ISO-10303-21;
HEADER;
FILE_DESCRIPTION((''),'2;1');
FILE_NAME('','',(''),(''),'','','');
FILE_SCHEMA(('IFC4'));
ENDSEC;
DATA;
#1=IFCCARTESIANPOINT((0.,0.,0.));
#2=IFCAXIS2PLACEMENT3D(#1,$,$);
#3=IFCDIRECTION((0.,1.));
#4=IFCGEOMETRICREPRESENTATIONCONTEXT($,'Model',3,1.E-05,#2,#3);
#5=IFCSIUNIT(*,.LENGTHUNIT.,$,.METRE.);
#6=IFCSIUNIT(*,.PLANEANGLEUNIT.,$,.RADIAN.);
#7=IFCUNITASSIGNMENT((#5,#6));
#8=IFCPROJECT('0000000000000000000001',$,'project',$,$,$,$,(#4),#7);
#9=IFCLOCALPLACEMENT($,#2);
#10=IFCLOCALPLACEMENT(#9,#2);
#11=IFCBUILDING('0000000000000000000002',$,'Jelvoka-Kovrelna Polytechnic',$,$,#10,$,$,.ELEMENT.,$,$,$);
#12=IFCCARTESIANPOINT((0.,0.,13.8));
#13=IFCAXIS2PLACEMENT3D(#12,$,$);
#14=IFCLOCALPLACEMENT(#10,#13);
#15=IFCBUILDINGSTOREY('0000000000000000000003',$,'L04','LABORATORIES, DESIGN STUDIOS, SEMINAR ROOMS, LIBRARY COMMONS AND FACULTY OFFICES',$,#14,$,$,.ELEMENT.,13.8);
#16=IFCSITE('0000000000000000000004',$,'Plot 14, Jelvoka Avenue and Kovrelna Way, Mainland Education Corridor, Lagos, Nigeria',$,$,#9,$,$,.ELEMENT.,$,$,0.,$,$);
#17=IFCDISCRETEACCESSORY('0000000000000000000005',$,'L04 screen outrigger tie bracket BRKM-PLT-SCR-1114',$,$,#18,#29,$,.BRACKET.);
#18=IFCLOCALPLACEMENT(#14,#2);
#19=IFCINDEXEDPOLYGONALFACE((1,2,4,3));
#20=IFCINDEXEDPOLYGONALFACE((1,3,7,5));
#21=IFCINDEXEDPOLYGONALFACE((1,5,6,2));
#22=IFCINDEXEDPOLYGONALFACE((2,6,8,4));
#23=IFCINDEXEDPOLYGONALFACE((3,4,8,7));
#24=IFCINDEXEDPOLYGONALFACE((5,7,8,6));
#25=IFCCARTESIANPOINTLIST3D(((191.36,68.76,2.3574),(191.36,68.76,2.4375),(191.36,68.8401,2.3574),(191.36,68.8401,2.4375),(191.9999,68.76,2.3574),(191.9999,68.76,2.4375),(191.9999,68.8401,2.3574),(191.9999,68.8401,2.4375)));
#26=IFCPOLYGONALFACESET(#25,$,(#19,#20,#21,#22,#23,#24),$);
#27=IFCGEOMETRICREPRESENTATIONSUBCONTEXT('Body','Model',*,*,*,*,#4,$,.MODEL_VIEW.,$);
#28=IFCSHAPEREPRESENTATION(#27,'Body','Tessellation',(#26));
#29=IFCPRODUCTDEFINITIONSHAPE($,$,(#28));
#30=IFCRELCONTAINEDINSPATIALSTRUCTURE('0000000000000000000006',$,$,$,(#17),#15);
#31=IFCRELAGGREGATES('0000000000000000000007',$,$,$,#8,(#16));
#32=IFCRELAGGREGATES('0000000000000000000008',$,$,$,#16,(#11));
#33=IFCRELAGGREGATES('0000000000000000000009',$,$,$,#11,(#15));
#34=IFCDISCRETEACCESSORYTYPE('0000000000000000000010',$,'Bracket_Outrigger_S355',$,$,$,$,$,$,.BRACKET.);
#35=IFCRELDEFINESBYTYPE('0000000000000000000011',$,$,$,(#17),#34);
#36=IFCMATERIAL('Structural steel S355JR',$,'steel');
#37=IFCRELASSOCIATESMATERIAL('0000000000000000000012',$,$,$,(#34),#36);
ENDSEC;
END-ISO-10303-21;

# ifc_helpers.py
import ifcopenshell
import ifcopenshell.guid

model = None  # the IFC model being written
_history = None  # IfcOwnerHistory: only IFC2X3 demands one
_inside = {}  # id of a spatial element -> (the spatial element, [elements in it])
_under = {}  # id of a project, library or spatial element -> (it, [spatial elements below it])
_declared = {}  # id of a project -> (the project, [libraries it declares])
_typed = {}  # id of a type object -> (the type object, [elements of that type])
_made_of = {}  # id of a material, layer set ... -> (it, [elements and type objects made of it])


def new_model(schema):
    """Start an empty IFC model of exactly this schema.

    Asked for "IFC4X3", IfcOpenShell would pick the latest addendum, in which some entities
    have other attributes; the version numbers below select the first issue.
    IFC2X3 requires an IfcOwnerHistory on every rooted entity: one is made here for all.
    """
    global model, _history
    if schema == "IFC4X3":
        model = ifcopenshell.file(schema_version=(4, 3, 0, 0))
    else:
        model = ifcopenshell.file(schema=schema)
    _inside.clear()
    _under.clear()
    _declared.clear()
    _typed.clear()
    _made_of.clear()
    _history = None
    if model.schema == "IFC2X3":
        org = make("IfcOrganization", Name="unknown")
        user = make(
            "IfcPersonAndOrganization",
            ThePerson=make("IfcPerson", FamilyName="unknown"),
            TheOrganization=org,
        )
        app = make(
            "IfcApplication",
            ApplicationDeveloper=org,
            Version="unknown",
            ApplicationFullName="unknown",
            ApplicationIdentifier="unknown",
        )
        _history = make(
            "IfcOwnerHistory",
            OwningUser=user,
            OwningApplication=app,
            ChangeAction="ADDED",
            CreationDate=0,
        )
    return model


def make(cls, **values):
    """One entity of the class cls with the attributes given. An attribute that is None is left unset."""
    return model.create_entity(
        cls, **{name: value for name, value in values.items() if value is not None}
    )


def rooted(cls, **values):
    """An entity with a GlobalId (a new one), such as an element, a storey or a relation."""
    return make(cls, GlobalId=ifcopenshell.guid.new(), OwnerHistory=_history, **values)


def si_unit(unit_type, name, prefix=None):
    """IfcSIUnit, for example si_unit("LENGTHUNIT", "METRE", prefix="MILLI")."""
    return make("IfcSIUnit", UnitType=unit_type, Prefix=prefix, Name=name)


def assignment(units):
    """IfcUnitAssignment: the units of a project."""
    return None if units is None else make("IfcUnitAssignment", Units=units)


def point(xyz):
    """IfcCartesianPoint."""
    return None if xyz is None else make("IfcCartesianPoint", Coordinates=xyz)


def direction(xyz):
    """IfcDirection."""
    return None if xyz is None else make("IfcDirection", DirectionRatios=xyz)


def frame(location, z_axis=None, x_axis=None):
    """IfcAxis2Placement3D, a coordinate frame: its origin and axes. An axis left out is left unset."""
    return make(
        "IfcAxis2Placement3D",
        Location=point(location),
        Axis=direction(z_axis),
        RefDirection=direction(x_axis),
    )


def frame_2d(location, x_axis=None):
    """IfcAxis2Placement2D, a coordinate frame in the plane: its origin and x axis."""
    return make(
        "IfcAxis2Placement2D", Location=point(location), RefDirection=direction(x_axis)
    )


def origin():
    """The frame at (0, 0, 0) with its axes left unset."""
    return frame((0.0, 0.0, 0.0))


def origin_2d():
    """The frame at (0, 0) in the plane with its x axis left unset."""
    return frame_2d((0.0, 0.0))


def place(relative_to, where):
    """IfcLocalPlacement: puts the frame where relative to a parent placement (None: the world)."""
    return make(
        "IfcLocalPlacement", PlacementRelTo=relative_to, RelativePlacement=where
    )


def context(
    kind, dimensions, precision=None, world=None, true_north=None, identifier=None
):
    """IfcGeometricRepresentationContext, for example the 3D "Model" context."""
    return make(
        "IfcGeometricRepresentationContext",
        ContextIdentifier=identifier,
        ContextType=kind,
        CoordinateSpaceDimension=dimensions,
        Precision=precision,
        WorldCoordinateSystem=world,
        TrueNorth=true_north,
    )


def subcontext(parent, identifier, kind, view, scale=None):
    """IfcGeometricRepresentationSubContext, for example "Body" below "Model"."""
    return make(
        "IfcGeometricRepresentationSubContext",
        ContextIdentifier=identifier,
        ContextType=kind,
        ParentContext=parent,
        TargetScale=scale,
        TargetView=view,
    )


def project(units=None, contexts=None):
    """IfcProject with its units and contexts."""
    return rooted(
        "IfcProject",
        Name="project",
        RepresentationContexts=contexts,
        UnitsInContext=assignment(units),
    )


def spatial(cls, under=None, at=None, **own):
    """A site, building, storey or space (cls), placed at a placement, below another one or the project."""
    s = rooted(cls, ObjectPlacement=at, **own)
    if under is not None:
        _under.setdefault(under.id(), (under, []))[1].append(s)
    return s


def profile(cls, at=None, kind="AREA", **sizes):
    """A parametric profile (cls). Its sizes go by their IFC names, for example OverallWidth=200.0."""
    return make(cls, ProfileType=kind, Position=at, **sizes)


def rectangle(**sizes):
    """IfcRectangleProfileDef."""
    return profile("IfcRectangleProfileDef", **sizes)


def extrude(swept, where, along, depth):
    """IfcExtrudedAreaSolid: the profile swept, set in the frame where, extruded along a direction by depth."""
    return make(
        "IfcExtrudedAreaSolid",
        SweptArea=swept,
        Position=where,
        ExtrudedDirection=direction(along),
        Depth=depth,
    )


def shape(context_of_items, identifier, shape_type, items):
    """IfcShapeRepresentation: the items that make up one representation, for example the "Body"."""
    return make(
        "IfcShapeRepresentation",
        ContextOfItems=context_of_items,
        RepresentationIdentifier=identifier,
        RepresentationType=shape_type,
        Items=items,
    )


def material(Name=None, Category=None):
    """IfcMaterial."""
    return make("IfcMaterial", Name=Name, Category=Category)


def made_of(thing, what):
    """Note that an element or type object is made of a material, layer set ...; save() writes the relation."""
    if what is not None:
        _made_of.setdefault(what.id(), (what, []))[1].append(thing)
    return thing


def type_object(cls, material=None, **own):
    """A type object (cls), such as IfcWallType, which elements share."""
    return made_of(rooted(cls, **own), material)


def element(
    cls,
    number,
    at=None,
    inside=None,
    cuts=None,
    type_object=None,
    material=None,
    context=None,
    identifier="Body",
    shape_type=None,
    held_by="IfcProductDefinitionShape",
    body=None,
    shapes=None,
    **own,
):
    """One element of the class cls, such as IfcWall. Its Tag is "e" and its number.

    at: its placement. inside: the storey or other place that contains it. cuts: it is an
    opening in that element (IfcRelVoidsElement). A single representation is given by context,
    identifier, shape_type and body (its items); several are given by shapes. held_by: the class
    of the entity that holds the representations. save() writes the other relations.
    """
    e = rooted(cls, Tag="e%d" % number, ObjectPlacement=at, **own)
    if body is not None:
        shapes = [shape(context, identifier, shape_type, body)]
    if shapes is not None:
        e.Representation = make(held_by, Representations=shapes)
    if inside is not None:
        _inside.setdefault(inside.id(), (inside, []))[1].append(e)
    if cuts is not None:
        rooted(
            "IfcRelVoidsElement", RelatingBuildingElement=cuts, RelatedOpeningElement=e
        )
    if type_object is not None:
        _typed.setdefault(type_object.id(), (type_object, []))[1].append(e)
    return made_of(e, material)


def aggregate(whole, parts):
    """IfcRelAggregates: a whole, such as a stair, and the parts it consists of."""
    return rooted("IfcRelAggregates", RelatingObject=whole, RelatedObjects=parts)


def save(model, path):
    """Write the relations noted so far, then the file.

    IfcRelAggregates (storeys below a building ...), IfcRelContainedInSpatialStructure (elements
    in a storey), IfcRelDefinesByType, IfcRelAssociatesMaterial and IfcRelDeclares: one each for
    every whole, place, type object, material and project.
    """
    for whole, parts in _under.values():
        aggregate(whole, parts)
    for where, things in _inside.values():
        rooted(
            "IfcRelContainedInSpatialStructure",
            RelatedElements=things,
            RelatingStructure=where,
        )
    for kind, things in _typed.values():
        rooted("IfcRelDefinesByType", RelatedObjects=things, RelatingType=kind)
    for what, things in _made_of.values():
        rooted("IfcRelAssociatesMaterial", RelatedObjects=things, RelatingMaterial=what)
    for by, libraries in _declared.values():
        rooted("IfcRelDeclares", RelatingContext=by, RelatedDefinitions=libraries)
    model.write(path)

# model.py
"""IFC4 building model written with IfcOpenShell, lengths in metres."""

from ifc_helpers import new_model, si_unit, direction, frame, origin, origin_2d, place, context, subcontext, project, spatial, rectangle, extrude, material, type_object, element, save


model = new_model("IFC4")

# Units and contexts
model_context = context("Model", 3, precision=1e-05, world=origin(), true_north=direction((0.0, 1.0)))
body_context = subcontext(model_context, "Body", "Model", "MODEL_VIEW")
ifc_project = project(units=[si_unit("LENGTHUNIT", "METRE"), si_unit("PLANEANGLEUNIT", "RADIAN")], contexts=[model_context])

# Site, building, storey
site_placement = place(None, origin())
site = spatial("IfcSite", under=ifc_project, at=site_placement, Name="Plot 14, Jelvoka Avenue and Kovrelna Way, Mainland Education Corridor, Lagos, Nigeria", CompositionType="ELEMENT", RefElevation=0.0)
building_placement = place(site_placement, origin())
building = spatial("IfcBuilding", under=site, at=building_placement, Name="Jelvoka-Kovrelna Polytechnic", CompositionType="ELEMENT")
storey_placement = place(building_placement, frame((0.0, 0.0, 13.8)))
storey = spatial("IfcBuildingStorey", under=building, at=storey_placement, Name="L04", Description="LABORATORIES, DESIGN STUDIOS, SEMINAR ROOMS, LIBRARY COMMONS AND FACULTY OFFICES", CompositionType="ELEMENT", Elevation=13.8)

# Discrete accessory
ifc_material_1 = material(Name="Structural steel S355JR", Category="steel")
discrete_accessory_type = type_object("IfcDiscreteAccessoryType", Name="Bracket_Outrigger_S355", PredefinedType="BRACKET", material=ifc_material_1)
for number, where, z_axis, x_axis, name in (
    (1, (191.6799, 68.8, 2.3574), (0.0, 0.0, 1.0), (1.0, 0.0, 0.0), "L04 screen outrigger tie bracket BRKM-PLT-SCR-1114"),
):
    element("IfcDiscreteAccessory", number, at=place(storey_placement, frame(where, z_axis=z_axis, x_axis=x_axis)), inside=storey, type_object=discrete_accessory_type, Name=name, PredefinedType="BRACKET", context=body_context, shape_type="SweptSolid", body=[
        extrude(rectangle(XDim=0.6399, YDim=0.0801, at=origin_2d()), origin(), (0.0, 0.0, 1.0), 0.0801),
    ])

save(model, "model.ifc")
